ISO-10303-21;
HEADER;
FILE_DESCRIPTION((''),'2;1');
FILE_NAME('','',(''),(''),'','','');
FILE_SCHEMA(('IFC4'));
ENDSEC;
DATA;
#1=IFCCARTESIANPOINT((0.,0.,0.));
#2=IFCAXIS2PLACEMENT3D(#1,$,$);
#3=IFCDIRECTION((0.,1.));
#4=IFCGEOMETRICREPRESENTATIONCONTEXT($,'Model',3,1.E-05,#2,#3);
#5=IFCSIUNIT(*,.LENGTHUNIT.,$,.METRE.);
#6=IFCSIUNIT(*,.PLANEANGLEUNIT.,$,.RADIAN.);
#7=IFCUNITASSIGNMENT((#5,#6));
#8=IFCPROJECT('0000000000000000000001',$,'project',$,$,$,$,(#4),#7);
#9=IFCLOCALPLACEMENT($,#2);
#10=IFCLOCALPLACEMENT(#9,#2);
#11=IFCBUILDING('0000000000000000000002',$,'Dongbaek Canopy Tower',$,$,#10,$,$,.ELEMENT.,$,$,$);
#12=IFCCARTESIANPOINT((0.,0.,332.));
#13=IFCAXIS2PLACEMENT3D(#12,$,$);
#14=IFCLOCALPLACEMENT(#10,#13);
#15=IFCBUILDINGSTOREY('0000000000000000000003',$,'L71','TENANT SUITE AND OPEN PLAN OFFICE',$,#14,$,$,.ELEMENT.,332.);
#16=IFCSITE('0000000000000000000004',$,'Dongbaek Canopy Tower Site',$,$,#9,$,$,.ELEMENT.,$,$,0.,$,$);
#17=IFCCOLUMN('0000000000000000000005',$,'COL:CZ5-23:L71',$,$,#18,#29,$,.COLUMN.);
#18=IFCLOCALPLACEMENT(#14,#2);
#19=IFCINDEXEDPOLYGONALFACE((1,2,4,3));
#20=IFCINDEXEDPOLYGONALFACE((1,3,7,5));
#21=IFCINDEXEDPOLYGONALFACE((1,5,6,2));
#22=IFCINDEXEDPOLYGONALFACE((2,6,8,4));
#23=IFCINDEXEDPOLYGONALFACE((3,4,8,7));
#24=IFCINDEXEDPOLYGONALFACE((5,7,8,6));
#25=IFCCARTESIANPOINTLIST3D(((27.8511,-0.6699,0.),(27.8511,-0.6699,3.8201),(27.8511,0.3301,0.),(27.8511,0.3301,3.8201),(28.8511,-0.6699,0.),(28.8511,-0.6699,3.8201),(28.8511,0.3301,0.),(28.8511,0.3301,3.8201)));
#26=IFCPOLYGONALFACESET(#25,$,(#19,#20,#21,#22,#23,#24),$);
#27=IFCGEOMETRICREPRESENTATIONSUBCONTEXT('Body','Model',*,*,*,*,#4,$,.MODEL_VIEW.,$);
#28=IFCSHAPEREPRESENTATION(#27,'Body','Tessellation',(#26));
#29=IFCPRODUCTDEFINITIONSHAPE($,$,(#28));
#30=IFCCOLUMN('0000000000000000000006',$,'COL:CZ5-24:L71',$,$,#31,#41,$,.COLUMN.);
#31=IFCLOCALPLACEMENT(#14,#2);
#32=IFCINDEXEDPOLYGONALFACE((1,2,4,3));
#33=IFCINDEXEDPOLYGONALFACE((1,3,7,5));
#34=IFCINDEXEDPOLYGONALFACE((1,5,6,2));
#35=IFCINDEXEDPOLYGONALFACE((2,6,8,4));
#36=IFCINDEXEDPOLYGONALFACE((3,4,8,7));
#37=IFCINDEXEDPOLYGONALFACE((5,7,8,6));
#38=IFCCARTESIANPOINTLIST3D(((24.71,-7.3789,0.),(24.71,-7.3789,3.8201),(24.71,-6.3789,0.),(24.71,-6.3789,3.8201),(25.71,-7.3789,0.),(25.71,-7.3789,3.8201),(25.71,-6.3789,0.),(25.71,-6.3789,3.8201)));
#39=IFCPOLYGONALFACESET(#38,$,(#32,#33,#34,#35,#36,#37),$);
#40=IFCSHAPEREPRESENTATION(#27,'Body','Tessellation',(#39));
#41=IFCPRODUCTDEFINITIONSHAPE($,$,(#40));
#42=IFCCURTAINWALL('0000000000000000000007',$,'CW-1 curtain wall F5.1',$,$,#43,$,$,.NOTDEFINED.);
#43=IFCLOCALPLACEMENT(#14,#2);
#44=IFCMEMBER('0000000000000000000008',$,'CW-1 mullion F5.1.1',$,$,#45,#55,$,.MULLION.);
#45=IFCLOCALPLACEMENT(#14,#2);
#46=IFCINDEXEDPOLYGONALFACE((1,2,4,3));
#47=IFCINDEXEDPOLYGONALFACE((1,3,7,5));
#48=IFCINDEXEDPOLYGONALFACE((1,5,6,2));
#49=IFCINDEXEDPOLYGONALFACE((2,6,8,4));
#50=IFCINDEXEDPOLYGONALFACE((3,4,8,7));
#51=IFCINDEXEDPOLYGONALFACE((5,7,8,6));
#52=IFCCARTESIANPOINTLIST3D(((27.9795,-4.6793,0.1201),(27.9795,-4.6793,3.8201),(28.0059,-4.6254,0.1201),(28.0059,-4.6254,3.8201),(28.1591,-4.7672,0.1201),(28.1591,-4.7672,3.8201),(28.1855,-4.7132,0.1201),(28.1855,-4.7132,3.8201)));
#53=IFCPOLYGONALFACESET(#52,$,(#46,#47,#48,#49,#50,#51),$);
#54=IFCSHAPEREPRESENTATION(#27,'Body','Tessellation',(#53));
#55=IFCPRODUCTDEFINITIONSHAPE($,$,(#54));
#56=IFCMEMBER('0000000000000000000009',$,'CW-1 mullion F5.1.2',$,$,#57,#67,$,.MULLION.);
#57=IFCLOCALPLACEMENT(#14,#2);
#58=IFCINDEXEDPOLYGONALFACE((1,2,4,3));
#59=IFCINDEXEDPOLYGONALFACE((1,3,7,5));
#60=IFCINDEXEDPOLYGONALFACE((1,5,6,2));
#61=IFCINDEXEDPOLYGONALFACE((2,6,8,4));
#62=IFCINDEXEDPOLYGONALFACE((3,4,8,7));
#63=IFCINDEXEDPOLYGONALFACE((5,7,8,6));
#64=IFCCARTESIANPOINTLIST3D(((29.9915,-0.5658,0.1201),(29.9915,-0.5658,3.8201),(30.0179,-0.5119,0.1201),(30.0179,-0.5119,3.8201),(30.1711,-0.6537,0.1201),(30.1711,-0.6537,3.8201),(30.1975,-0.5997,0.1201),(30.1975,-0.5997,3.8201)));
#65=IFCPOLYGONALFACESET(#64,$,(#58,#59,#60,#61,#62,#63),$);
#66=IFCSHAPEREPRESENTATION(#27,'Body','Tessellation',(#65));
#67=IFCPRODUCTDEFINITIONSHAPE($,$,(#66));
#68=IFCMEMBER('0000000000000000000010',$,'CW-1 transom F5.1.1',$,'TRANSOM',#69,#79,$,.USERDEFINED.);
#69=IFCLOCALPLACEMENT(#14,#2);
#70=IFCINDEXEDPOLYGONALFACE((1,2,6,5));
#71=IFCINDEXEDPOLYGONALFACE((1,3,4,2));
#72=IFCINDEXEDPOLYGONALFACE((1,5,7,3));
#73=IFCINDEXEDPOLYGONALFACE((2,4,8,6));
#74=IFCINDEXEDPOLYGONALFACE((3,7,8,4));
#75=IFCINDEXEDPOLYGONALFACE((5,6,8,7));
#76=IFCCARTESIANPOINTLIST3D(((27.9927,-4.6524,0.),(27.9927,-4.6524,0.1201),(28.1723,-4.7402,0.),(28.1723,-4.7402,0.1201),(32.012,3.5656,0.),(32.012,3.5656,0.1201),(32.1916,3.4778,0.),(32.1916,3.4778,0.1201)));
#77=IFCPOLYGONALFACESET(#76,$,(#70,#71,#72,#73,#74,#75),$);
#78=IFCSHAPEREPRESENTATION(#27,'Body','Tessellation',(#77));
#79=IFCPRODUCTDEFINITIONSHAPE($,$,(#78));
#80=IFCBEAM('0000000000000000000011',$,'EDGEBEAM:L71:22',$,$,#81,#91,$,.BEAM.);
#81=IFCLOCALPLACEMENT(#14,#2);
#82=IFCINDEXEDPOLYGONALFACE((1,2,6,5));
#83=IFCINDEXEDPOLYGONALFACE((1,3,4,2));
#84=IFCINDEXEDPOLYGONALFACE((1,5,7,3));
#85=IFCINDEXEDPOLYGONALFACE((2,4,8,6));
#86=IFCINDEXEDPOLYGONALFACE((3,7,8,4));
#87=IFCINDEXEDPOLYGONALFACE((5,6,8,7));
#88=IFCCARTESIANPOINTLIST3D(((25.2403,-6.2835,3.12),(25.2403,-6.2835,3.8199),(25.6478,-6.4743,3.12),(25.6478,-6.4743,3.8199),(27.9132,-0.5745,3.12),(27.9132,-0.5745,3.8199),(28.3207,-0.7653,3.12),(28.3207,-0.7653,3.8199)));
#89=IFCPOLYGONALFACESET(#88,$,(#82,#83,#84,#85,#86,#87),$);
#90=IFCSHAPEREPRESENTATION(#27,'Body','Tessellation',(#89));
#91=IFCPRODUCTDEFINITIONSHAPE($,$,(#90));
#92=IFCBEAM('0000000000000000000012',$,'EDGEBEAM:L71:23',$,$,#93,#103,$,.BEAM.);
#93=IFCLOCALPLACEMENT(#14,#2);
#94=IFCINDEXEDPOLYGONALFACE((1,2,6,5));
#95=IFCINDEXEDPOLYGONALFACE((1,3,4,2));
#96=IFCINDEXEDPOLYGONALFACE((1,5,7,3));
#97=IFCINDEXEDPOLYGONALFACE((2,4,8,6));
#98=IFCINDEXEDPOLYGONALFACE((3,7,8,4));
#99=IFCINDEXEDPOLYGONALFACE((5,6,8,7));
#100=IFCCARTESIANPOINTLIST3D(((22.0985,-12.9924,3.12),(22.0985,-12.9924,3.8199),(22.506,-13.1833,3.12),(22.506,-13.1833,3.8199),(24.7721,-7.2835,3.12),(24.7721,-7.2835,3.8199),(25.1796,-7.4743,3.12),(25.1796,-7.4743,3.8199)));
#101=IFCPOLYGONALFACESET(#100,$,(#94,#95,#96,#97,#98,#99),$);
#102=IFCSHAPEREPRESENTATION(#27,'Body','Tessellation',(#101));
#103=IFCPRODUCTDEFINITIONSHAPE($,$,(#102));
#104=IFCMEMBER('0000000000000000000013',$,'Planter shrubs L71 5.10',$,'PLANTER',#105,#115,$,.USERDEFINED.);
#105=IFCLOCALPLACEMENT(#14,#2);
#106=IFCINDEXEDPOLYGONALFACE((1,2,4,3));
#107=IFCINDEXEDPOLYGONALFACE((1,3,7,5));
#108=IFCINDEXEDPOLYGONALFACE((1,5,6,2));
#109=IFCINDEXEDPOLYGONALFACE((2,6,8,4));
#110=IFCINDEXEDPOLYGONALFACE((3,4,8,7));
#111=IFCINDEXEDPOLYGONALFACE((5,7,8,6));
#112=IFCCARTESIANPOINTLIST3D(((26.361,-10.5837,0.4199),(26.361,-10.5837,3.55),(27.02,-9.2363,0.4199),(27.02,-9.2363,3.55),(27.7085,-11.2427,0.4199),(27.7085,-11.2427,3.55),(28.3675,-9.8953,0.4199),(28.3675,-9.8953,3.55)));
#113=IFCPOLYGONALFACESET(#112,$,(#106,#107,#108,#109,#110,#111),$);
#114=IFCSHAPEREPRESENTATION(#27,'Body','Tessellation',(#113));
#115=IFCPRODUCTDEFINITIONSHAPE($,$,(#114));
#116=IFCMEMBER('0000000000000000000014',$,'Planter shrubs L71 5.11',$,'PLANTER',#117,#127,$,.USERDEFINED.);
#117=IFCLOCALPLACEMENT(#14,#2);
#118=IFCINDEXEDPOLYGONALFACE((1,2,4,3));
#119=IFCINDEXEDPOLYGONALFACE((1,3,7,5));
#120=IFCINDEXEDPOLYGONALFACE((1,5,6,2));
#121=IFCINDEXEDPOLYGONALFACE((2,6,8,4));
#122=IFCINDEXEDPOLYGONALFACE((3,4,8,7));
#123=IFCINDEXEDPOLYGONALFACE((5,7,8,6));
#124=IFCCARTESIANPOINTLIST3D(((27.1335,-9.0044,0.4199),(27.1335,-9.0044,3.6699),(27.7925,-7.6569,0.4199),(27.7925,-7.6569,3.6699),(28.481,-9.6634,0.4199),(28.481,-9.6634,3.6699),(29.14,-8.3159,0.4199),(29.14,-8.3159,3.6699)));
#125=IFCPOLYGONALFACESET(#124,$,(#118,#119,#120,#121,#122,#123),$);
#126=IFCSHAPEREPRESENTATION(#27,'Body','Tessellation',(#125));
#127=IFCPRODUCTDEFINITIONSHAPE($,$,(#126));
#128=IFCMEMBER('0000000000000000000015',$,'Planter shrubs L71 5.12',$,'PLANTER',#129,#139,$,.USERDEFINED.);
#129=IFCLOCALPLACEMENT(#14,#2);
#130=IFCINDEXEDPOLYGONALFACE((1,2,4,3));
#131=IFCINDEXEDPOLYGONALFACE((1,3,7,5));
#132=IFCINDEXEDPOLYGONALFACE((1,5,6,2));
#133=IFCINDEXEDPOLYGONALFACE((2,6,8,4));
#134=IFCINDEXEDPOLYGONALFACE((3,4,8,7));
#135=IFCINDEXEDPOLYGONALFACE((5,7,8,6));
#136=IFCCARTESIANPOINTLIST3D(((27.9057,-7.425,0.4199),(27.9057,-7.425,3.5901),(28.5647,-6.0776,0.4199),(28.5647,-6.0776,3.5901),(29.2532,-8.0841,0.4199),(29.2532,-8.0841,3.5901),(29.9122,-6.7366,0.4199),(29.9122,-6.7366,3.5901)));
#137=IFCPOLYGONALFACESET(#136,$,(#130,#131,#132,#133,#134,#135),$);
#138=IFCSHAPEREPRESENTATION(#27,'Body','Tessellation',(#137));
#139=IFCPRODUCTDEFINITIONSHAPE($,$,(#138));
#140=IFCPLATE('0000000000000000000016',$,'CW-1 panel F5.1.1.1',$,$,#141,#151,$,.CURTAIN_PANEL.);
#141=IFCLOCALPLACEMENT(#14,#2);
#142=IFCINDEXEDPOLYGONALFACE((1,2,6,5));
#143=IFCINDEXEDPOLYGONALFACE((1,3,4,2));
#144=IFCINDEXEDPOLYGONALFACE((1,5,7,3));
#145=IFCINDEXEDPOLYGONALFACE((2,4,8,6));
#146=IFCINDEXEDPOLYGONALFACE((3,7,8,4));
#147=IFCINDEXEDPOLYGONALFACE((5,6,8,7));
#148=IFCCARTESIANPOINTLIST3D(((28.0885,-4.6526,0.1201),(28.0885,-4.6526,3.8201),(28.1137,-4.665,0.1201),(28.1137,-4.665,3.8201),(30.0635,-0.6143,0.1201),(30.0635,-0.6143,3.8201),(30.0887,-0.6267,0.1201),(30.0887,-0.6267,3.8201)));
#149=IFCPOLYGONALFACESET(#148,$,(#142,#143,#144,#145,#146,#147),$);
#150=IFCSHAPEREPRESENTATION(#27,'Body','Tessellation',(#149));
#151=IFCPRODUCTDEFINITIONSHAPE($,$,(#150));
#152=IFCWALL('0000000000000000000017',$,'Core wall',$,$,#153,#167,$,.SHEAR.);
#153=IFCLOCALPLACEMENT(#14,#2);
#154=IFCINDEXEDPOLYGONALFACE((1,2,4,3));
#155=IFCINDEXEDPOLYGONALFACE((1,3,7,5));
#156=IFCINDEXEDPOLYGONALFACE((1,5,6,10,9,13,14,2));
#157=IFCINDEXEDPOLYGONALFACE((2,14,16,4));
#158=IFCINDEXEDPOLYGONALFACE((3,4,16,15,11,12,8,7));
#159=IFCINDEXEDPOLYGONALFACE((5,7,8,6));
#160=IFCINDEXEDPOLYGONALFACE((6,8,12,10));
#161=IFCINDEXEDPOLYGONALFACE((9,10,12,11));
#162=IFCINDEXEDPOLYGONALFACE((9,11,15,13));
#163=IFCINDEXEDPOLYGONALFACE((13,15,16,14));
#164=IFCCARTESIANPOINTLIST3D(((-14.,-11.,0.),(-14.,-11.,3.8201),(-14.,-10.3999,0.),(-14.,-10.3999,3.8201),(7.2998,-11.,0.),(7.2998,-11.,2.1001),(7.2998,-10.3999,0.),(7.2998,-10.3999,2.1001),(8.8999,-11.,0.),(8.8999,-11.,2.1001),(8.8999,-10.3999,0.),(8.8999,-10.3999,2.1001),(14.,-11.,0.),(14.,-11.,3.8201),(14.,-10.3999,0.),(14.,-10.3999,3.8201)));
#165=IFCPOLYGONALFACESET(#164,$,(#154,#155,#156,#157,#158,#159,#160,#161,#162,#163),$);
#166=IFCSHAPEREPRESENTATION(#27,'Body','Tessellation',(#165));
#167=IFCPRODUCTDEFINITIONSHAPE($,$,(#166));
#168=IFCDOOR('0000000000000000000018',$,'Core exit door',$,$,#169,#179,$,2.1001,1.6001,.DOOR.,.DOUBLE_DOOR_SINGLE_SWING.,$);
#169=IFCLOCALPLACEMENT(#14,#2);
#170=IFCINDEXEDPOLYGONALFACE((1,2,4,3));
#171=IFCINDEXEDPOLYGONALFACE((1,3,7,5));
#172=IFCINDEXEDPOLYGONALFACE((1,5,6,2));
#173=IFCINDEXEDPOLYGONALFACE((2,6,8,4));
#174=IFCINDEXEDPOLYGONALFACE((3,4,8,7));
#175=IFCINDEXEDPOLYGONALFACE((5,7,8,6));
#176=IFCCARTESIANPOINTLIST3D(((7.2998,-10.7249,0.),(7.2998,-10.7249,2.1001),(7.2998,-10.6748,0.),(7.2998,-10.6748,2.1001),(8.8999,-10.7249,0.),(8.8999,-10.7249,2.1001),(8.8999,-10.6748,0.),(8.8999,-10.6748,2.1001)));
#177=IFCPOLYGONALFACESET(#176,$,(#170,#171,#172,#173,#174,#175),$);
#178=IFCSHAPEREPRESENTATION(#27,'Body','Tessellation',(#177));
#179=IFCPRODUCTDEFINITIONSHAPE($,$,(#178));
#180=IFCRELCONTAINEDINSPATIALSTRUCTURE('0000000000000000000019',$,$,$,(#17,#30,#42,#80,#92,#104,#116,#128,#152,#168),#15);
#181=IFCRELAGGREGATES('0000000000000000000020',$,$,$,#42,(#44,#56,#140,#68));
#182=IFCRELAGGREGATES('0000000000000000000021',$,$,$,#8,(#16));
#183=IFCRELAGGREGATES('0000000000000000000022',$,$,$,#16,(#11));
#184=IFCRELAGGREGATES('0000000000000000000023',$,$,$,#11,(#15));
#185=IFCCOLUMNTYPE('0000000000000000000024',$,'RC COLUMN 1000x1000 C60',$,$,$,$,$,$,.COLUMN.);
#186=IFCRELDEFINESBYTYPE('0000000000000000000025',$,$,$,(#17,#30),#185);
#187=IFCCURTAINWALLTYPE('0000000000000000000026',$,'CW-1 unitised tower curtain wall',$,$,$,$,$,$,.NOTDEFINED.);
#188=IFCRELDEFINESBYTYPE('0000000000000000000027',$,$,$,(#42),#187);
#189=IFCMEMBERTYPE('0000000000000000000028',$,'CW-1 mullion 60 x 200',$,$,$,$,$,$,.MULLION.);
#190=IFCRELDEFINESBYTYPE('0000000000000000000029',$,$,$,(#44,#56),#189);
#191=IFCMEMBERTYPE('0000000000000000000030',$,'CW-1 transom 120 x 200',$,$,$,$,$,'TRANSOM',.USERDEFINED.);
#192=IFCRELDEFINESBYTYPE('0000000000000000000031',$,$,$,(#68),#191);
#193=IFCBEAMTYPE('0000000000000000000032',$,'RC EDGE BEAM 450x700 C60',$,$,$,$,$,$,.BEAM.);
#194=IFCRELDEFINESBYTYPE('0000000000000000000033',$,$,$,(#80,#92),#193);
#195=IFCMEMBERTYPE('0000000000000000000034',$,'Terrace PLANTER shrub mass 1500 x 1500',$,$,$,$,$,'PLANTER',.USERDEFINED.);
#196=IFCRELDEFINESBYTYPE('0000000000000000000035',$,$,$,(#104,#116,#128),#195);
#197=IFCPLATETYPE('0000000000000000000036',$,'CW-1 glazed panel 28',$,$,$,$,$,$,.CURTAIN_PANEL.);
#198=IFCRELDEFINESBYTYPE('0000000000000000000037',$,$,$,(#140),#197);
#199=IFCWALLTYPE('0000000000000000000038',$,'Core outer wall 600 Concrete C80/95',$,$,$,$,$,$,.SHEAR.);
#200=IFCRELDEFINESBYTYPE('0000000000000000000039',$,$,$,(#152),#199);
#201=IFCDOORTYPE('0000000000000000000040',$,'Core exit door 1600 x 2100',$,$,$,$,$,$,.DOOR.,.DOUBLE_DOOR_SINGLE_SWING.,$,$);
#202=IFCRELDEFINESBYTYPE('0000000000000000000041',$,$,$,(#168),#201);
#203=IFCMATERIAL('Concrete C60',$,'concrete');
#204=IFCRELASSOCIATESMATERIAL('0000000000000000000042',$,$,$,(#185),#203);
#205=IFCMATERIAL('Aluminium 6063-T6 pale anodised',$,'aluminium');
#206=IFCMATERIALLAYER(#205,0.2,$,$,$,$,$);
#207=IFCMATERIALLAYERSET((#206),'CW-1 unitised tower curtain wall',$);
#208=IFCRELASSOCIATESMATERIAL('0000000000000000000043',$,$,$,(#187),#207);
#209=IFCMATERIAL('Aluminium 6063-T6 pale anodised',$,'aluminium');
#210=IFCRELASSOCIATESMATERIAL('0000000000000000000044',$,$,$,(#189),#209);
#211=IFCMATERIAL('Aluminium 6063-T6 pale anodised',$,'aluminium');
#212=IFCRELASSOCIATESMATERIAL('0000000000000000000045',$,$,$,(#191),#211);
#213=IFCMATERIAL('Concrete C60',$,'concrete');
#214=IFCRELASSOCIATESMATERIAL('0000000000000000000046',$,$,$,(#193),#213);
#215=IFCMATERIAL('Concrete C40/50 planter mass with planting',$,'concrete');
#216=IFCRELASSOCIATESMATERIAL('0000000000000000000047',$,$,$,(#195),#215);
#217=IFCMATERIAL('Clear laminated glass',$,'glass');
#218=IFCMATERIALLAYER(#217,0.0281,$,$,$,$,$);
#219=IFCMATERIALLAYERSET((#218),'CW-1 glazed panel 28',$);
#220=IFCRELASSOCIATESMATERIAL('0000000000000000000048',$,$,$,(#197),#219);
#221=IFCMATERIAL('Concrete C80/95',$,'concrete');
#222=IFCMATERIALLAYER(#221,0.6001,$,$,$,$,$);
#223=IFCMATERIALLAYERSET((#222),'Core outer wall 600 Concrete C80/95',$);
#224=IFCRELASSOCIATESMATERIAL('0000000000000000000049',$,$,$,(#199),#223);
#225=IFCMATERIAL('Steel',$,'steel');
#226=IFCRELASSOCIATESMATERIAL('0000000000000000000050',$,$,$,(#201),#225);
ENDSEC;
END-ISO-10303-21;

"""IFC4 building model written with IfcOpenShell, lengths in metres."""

from ifc_helpers import new_model, si_unit, direction, frame, frame_2d, origin, origin_2d, place, context, subcontext, project, spatial, rectangle, extrude, material, layer, layer_set, material_profile, profile_set, type_object, element, fill, aggregate, save


model = new_model("IFC4")

# Units and contexts
model_context = context("Model", 3, precision=1e-05, world=origin(), true_north=direction((0.0, 1.0)))
body_context = subcontext(model_context, "Body", "Model", "MODEL_VIEW")
ifc_project = project(units=[si_unit("LENGTHUNIT", "METRE"), si_unit("PLANEANGLEUNIT", "RADIAN")], contexts=[model_context])

# Site, building, storey
site_placement = place(None, origin())
site = spatial("IfcSite", under=ifc_project, at=site_placement, Name="Dongbaek Canopy Tower Site", CompositionType="ELEMENT", RefElevation=0.0)
building_placement = place(site_placement, origin())
building = spatial("IfcBuilding", under=site, at=building_placement, Name="Dongbaek Canopy Tower", CompositionType="ELEMENT")
storey_placement = place(building_placement, frame((0.0, 0.0, 332.0)))
storey = spatial("IfcBuildingStorey", under=building, at=storey_placement, Name="L71", Description="TENANT SUITE AND OPEN PLAN OFFICE", CompositionType="ELEMENT", Elevation=332.0)

# Columns
ifc_material_1 = material(Name="Concrete C60", Category="concrete")
ifc_material_profile_1 = material_profile(ifc_material_1, rectangle(XDim=1.0, YDim=1.0, at=origin_2d()), Name="RC COLUMN 1000x1000 C60")
ifc_profile_set_1 = profile_set([ifc_material_profile_1], Name="Concrete C60")
column_type = type_object("IfcColumnType", Name="RC COLUMN 1000x1000 C60", PredefinedType="COLUMN", material=ifc_profile_set_1)
for number, where, z_axis, x_axis, name in (
    (1, (28.3511, -0.1699, 0.0), (0.0, 0.0, 1.0), (1.0, 0.0, 0.0), "COL:CZ5-23:L71"),
    (2, (25.21, -6.8789, 0.0), (0.0, 0.0, 1.0), (1.0, 0.0, 0.0), "COL:CZ5-24:L71"),
):
    element("IfcColumn", number, at=place(storey_placement, frame(where, z_axis=z_axis, x_axis=x_axis)), inside=storey, type_object=column_type, Name=name, PredefinedType="COLUMN", context=body_context, shape_type="SweptSolid", body=[
        extrude(rectangle(XDim=1.0, YDim=1.0, at=origin_2d()), origin(), (0.0, 0.0, 1.0), 3.8201),
    ])

# Curtain wall, members
ifc_material_2 = material(Name="Aluminium 6063-T6 pale anodised", Category="aluminium")
ifc_layer_1 = layer(ifc_material_2, 0.2)
ifc_layer_set_1 = layer_set([ifc_layer_1], Name="CW-1 unitised tower curtain wall")
curtain_wall_type = type_object("IfcCurtainWallType", Name="CW-1 unitised tower curtain wall", PredefinedType="NOTDEFINED", material=ifc_layer_set_1)
curtain_wall_placement = place(storey_placement, origin())
curtain_wall = element("IfcCurtainWall", 3, at=curtain_wall_placement, inside=storey, type_object=curtain_wall_type, Name="CW-1 curtain wall F5.1", PredefinedType="NOTDEFINED")
ifc_material_3 = material(Name="Aluminium 6063-T6 pale anodised", Category="aluminium")
ifc_material_profile_2 = material_profile(ifc_material_3, rectangle(XDim=0.2, YDim=0.0601, at=origin_2d()), Name="CW-1 mullion 60 x 200")
ifc_profile_set_2 = profile_set([ifc_material_profile_2], Name="Aluminium 6063-T6 pale anodised")
member_type_1 = type_object("IfcMemberType", Name="CW-1 mullion 60 x 200", PredefinedType="MULLION", material=ifc_profile_set_2)
member_1_placement = place(storey_placement, frame((28.0825, -4.6963, 0.1201), z_axis=(0.0, 0.0, 1.0), x_axis=(0.898322, -0.439337, 0.0)))
member_1 = element("IfcMember", 4, at=member_1_placement, type_object=member_type_1, Name="CW-1 mullion F5.1.1", PredefinedType="MULLION", context=body_context, shape_type="SweptSolid", body=[
    extrude(rectangle(XDim=0.2, YDim=0.0601, at=origin_2d()), origin(), (0.0, 0.0, 1.0), 3.7),
])
member_2_placement = place(storey_placement, frame((30.0945, -0.5828, 0.1201), z_axis=(0.0, 0.0, 1.0), x_axis=(0.898322, -0.439337, 0.0)))
member_2 = element("IfcMember", 5, at=member_2_placement, type_object=member_type_1, Name="CW-1 mullion F5.1.2", PredefinedType="MULLION", context=body_context, shape_type="SweptSolid", body=[
    extrude(rectangle(XDim=0.2, YDim=0.0601, at=origin_2d()), origin(), (0.0, 0.0, 1.0), 3.7),
])
ifc_material_4 = material(Name="Aluminium 6063-T6 pale anodised", Category="aluminium")
ifc_material_profile_3 = material_profile(ifc_material_4, rectangle(XDim=0.2, YDim=0.1201, at=origin_2d()), Name="CW-1 transom 120 x 200")
ifc_profile_set_3 = profile_set([ifc_material_profile_3], Name="Aluminium 6063-T6 pale anodised")
member_type_2 = type_object("IfcMemberType", Name="CW-1 transom 120 x 200", ElementType="TRANSOM", PredefinedType="USERDEFINED", material=ifc_profile_set_3)
member_3_placement = place(storey_placement, frame((28.0825, -4.6963, 0.0601), z_axis=(0.43935, 0.898316, 0.0), x_axis=(-0.898316, 0.43935, 0.0)))
member_3 = element("IfcMember", 6, at=member_3_placement, type_object=member_type_2, Name="CW-1 transom F5.1.1", ObjectType="TRANSOM", PredefinedType="USERDEFINED", context=body_context, shape_type="SweptSolid", body=[
    extrude(rectangle(XDim=0.2, YDim=0.1201, at=origin_2d()), origin(), (0.0, 0.0, 1.0), 9.1482),
])

# Beams
ifc_material_5 = material(Name="Concrete C60", Category="concrete")
ifc_material_profile_4 = material_profile(ifc_material_5, rectangle(XDim=0.45, YDim=0.7, at=origin_2d()), Name="RC EDGE BEAM 450x700 C60")
ifc_profile_set_4 = profile_set([ifc_material_profile_4], Name="Concrete C60")
beam_type = type_object("IfcBeamType", Name="RC EDGE BEAM 450x700 C60", PredefinedType="BEAM", material=ifc_profile_set_4)
beam_1_placement = place(storey_placement, frame((28.1169, -0.6699, 3.47), z_axis=(-0.424013, -0.905656, 0.0), x_axis=(0.905656, -0.424013, 0.0)))
element("IfcBeam", 7, at=beam_1_placement, inside=storey, type_object=beam_type, Name="EDGEBEAM:L71:22", PredefinedType="BEAM", context=body_context, shape_type="SweptSolid", body=[
    extrude(rectangle(XDim=0.45, YDim=0.7, at=origin_2d()), origin(), (0.0, 0.0, 1.0), 6.3037),
])
beam_2_placement = place(storey_placement, frame((24.9758, -7.3789, 3.47), z_axis=(-0.424108, -0.905611, 0.0), x_axis=(0.905611, -0.424108, 0.0)))
element("IfcBeam", 8, at=beam_2_placement, inside=storey, type_object=beam_type, Name="EDGEBEAM:L71:23", PredefinedType="BEAM", context=body_context, shape_type="SweptSolid", body=[
    extrude(rectangle(XDim=0.45, YDim=0.7, at=origin_2d()), origin(), (0.0, 0.0, 1.0), 6.304),
])

# Members
ifc_material_6 = material(Name="Concrete C40/50 planter mass with planting", Category="concrete")
ifc_material_profile_5 = material_profile(ifc_material_6, rectangle(XDim=1.5, YDim=1.5, at=origin_2d()), Name="Terrace PLANTER shrub mass 1500 x 1500")
ifc_profile_set_5 = profile_set([ifc_material_profile_5], Name="Concrete C40/50 planter mass with planting")
member_type_3 = type_object("IfcMemberType", Name="Terrace PLANTER shrub mass 1500 x 1500", ElementType="PLANTER", PredefinedType="USERDEFINED", material=ifc_profile_set_5)
member_4_placement = place(storey_placement, frame((27.3643, -10.2395, 0.4199), z_axis=(0.0, 0.0, 1.0), x_axis=(0.898322, -0.439337, 0.0)))
element("IfcMember", 9, at=member_4_placement, inside=storey, type_object=member_type_3, Name="Planter shrubs L71 5.10", ObjectType="PLANTER", PredefinedType="USERDEFINED", context=body_context, shape_type="SweptSolid", body=[
    extrude(rectangle(XDim=1.5, YDim=1.5, at=origin_2d()), origin(), (0.0, 0.0, 1.0), 3.1301),
])
member_5_placement = place(storey_placement, frame((28.1367, -8.6602, 0.4199), z_axis=(0.0, 0.0, 1.0), x_axis=(0.898322, -0.439337, 0.0)))
element("IfcMember", 10, at=member_5_placement, inside=storey, type_object=member_type_3, Name="Planter shrubs L71 5.11", ObjectType="PLANTER", PredefinedType="USERDEFINED", context=body_context, shape_type="SweptSolid", body=[
    extrude(rectangle(XDim=1.5, YDim=1.5, at=origin_2d()), origin(), (0.0, 0.0, 1.0), 3.25),
])
member_6_placement = place(storey_placement, frame((28.9089, -7.0808, 0.4199), z_axis=(0.0, 0.0, 1.0), x_axis=(0.898322, -0.439337, 0.0)))
element("IfcMember", 11, at=member_6_placement, inside=storey, type_object=member_type_3, Name="Planter shrubs L71 5.12", ObjectType="PLANTER", PredefinedType="USERDEFINED", context=body_context, shape_type="SweptSolid", body=[
    extrude(rectangle(XDim=1.5, YDim=1.5, at=origin_2d()), origin(), (0.0, 0.0, 1.0), 3.1702),
])

# Plate
ifc_material_7 = material(Name="Clear laminated glass", Category="glass")
ifc_layer_2 = layer(ifc_material_7, 0.0281)
ifc_layer_set_2 = layer_set([ifc_layer_2], Name="CW-1 glazed panel 28")
plate_type = type_object("IfcPlateType", Name="CW-1 glazed panel 28", PredefinedType="CURTAIN_PANEL", material=ifc_layer_set_2)
plate_placement = place(storey_placement, frame((29.0886, -2.6396, 0.1201), z_axis=(0.0, 0.0, 1.0), x_axis=(0.439337, 0.898322, 0.0)))
plate = element("IfcPlate", 12, at=plate_placement, type_object=plate_type, Name="CW-1 panel F5.1.1.1", PredefinedType="CURTAIN_PANEL", context=body_context, shape_type="SweptSolid", body=[
    extrude(rectangle(XDim=4.4954, YDim=0.0281, at=origin_2d()), origin(), (0.0, 0.0, 1.0), 3.7),
])

# Wall, opening, door
ifc_material_8 = material(Name="Concrete C80/95", Category="concrete")
ifc_layer_3 = layer(ifc_material_8, 0.6001)
ifc_layer_set_3 = layer_set([ifc_layer_3], Name="Core outer wall 600 Concrete C80/95")
wall_type_1 = type_object("IfcWallType", Name="Core outer wall 600 Concrete C80/95", PredefinedType="SHEAR", material=ifc_layer_set_3)
wall_1_placement = place(storey_placement, frame((14.0, -10.7, 0.0), z_axis=(0.0, 0.0, 1.0), x_axis=(-1.0, 0.0, 0.0)))
wall_1 = element("IfcWall", 13, at=wall_1_placement, inside=storey, type_object=wall_type_1, Name="Core wall", PredefinedType="SHEAR", context=body_context, shape_type="SweptSolid", body=[
    extrude(rectangle(XDim=28.0, YDim=0.6001, at=frame_2d((14.0, 0.0))), origin(), (0.0, 0.0, 1.0), 3.8201),
])
opening_placement = place(wall_1_placement, frame((5.1001, 0.0, 0.0)))
opening = element("IfcOpeningElement", 14, at=opening_placement, cuts=wall_1, PredefinedType="OPENING", context=body_context, shape_type="SweptSolid", body=[
    extrude(rectangle(XDim=1.6001, YDim=2.1001, at=frame_2d((0.8, 1.05))), frame((0.0, 0.3101, 0.0), z_axis=(0.0, -1.0, 0.0), x_axis=(1.0, 0.0, 0.0)), (0.0, 0.0, 1.0), 0.6201),
])
ifc_material_9 = material(Name="Steel", Category="steel")
door_type = type_object("IfcDoorType", Name="Core exit door 1600 x 2100", OperationType="DOUBLE_DOOR_SINGLE_SWING", PredefinedType="DOOR", material=ifc_material_9)
door_placement = place(opening_placement, origin())
door = element("IfcDoor", 15, at=door_placement, inside=storey, type_object=door_type, Name="Core exit door", OperationType="DOUBLE_DOOR_SINGLE_SWING", OverallHeight=2.1001, OverallWidth=1.6001, PredefinedType="DOOR", context=body_context, shape_type="SweptSolid", body=[
    extrude(rectangle(XDim=1.6001, YDim=2.1001, at=frame_2d((0.8, 1.05))), frame((0.0, 0.0249, 0.0), z_axis=(0.0, -1.0, 0.0), x_axis=(1.0, 0.0, 0.0)), (0.0, 0.0, 1.0), 0.05),
])
fill(opening, door)

aggregate(curtain_wall, [member_1, member_2, plate, member_3])

save(model, "model.ifc")
